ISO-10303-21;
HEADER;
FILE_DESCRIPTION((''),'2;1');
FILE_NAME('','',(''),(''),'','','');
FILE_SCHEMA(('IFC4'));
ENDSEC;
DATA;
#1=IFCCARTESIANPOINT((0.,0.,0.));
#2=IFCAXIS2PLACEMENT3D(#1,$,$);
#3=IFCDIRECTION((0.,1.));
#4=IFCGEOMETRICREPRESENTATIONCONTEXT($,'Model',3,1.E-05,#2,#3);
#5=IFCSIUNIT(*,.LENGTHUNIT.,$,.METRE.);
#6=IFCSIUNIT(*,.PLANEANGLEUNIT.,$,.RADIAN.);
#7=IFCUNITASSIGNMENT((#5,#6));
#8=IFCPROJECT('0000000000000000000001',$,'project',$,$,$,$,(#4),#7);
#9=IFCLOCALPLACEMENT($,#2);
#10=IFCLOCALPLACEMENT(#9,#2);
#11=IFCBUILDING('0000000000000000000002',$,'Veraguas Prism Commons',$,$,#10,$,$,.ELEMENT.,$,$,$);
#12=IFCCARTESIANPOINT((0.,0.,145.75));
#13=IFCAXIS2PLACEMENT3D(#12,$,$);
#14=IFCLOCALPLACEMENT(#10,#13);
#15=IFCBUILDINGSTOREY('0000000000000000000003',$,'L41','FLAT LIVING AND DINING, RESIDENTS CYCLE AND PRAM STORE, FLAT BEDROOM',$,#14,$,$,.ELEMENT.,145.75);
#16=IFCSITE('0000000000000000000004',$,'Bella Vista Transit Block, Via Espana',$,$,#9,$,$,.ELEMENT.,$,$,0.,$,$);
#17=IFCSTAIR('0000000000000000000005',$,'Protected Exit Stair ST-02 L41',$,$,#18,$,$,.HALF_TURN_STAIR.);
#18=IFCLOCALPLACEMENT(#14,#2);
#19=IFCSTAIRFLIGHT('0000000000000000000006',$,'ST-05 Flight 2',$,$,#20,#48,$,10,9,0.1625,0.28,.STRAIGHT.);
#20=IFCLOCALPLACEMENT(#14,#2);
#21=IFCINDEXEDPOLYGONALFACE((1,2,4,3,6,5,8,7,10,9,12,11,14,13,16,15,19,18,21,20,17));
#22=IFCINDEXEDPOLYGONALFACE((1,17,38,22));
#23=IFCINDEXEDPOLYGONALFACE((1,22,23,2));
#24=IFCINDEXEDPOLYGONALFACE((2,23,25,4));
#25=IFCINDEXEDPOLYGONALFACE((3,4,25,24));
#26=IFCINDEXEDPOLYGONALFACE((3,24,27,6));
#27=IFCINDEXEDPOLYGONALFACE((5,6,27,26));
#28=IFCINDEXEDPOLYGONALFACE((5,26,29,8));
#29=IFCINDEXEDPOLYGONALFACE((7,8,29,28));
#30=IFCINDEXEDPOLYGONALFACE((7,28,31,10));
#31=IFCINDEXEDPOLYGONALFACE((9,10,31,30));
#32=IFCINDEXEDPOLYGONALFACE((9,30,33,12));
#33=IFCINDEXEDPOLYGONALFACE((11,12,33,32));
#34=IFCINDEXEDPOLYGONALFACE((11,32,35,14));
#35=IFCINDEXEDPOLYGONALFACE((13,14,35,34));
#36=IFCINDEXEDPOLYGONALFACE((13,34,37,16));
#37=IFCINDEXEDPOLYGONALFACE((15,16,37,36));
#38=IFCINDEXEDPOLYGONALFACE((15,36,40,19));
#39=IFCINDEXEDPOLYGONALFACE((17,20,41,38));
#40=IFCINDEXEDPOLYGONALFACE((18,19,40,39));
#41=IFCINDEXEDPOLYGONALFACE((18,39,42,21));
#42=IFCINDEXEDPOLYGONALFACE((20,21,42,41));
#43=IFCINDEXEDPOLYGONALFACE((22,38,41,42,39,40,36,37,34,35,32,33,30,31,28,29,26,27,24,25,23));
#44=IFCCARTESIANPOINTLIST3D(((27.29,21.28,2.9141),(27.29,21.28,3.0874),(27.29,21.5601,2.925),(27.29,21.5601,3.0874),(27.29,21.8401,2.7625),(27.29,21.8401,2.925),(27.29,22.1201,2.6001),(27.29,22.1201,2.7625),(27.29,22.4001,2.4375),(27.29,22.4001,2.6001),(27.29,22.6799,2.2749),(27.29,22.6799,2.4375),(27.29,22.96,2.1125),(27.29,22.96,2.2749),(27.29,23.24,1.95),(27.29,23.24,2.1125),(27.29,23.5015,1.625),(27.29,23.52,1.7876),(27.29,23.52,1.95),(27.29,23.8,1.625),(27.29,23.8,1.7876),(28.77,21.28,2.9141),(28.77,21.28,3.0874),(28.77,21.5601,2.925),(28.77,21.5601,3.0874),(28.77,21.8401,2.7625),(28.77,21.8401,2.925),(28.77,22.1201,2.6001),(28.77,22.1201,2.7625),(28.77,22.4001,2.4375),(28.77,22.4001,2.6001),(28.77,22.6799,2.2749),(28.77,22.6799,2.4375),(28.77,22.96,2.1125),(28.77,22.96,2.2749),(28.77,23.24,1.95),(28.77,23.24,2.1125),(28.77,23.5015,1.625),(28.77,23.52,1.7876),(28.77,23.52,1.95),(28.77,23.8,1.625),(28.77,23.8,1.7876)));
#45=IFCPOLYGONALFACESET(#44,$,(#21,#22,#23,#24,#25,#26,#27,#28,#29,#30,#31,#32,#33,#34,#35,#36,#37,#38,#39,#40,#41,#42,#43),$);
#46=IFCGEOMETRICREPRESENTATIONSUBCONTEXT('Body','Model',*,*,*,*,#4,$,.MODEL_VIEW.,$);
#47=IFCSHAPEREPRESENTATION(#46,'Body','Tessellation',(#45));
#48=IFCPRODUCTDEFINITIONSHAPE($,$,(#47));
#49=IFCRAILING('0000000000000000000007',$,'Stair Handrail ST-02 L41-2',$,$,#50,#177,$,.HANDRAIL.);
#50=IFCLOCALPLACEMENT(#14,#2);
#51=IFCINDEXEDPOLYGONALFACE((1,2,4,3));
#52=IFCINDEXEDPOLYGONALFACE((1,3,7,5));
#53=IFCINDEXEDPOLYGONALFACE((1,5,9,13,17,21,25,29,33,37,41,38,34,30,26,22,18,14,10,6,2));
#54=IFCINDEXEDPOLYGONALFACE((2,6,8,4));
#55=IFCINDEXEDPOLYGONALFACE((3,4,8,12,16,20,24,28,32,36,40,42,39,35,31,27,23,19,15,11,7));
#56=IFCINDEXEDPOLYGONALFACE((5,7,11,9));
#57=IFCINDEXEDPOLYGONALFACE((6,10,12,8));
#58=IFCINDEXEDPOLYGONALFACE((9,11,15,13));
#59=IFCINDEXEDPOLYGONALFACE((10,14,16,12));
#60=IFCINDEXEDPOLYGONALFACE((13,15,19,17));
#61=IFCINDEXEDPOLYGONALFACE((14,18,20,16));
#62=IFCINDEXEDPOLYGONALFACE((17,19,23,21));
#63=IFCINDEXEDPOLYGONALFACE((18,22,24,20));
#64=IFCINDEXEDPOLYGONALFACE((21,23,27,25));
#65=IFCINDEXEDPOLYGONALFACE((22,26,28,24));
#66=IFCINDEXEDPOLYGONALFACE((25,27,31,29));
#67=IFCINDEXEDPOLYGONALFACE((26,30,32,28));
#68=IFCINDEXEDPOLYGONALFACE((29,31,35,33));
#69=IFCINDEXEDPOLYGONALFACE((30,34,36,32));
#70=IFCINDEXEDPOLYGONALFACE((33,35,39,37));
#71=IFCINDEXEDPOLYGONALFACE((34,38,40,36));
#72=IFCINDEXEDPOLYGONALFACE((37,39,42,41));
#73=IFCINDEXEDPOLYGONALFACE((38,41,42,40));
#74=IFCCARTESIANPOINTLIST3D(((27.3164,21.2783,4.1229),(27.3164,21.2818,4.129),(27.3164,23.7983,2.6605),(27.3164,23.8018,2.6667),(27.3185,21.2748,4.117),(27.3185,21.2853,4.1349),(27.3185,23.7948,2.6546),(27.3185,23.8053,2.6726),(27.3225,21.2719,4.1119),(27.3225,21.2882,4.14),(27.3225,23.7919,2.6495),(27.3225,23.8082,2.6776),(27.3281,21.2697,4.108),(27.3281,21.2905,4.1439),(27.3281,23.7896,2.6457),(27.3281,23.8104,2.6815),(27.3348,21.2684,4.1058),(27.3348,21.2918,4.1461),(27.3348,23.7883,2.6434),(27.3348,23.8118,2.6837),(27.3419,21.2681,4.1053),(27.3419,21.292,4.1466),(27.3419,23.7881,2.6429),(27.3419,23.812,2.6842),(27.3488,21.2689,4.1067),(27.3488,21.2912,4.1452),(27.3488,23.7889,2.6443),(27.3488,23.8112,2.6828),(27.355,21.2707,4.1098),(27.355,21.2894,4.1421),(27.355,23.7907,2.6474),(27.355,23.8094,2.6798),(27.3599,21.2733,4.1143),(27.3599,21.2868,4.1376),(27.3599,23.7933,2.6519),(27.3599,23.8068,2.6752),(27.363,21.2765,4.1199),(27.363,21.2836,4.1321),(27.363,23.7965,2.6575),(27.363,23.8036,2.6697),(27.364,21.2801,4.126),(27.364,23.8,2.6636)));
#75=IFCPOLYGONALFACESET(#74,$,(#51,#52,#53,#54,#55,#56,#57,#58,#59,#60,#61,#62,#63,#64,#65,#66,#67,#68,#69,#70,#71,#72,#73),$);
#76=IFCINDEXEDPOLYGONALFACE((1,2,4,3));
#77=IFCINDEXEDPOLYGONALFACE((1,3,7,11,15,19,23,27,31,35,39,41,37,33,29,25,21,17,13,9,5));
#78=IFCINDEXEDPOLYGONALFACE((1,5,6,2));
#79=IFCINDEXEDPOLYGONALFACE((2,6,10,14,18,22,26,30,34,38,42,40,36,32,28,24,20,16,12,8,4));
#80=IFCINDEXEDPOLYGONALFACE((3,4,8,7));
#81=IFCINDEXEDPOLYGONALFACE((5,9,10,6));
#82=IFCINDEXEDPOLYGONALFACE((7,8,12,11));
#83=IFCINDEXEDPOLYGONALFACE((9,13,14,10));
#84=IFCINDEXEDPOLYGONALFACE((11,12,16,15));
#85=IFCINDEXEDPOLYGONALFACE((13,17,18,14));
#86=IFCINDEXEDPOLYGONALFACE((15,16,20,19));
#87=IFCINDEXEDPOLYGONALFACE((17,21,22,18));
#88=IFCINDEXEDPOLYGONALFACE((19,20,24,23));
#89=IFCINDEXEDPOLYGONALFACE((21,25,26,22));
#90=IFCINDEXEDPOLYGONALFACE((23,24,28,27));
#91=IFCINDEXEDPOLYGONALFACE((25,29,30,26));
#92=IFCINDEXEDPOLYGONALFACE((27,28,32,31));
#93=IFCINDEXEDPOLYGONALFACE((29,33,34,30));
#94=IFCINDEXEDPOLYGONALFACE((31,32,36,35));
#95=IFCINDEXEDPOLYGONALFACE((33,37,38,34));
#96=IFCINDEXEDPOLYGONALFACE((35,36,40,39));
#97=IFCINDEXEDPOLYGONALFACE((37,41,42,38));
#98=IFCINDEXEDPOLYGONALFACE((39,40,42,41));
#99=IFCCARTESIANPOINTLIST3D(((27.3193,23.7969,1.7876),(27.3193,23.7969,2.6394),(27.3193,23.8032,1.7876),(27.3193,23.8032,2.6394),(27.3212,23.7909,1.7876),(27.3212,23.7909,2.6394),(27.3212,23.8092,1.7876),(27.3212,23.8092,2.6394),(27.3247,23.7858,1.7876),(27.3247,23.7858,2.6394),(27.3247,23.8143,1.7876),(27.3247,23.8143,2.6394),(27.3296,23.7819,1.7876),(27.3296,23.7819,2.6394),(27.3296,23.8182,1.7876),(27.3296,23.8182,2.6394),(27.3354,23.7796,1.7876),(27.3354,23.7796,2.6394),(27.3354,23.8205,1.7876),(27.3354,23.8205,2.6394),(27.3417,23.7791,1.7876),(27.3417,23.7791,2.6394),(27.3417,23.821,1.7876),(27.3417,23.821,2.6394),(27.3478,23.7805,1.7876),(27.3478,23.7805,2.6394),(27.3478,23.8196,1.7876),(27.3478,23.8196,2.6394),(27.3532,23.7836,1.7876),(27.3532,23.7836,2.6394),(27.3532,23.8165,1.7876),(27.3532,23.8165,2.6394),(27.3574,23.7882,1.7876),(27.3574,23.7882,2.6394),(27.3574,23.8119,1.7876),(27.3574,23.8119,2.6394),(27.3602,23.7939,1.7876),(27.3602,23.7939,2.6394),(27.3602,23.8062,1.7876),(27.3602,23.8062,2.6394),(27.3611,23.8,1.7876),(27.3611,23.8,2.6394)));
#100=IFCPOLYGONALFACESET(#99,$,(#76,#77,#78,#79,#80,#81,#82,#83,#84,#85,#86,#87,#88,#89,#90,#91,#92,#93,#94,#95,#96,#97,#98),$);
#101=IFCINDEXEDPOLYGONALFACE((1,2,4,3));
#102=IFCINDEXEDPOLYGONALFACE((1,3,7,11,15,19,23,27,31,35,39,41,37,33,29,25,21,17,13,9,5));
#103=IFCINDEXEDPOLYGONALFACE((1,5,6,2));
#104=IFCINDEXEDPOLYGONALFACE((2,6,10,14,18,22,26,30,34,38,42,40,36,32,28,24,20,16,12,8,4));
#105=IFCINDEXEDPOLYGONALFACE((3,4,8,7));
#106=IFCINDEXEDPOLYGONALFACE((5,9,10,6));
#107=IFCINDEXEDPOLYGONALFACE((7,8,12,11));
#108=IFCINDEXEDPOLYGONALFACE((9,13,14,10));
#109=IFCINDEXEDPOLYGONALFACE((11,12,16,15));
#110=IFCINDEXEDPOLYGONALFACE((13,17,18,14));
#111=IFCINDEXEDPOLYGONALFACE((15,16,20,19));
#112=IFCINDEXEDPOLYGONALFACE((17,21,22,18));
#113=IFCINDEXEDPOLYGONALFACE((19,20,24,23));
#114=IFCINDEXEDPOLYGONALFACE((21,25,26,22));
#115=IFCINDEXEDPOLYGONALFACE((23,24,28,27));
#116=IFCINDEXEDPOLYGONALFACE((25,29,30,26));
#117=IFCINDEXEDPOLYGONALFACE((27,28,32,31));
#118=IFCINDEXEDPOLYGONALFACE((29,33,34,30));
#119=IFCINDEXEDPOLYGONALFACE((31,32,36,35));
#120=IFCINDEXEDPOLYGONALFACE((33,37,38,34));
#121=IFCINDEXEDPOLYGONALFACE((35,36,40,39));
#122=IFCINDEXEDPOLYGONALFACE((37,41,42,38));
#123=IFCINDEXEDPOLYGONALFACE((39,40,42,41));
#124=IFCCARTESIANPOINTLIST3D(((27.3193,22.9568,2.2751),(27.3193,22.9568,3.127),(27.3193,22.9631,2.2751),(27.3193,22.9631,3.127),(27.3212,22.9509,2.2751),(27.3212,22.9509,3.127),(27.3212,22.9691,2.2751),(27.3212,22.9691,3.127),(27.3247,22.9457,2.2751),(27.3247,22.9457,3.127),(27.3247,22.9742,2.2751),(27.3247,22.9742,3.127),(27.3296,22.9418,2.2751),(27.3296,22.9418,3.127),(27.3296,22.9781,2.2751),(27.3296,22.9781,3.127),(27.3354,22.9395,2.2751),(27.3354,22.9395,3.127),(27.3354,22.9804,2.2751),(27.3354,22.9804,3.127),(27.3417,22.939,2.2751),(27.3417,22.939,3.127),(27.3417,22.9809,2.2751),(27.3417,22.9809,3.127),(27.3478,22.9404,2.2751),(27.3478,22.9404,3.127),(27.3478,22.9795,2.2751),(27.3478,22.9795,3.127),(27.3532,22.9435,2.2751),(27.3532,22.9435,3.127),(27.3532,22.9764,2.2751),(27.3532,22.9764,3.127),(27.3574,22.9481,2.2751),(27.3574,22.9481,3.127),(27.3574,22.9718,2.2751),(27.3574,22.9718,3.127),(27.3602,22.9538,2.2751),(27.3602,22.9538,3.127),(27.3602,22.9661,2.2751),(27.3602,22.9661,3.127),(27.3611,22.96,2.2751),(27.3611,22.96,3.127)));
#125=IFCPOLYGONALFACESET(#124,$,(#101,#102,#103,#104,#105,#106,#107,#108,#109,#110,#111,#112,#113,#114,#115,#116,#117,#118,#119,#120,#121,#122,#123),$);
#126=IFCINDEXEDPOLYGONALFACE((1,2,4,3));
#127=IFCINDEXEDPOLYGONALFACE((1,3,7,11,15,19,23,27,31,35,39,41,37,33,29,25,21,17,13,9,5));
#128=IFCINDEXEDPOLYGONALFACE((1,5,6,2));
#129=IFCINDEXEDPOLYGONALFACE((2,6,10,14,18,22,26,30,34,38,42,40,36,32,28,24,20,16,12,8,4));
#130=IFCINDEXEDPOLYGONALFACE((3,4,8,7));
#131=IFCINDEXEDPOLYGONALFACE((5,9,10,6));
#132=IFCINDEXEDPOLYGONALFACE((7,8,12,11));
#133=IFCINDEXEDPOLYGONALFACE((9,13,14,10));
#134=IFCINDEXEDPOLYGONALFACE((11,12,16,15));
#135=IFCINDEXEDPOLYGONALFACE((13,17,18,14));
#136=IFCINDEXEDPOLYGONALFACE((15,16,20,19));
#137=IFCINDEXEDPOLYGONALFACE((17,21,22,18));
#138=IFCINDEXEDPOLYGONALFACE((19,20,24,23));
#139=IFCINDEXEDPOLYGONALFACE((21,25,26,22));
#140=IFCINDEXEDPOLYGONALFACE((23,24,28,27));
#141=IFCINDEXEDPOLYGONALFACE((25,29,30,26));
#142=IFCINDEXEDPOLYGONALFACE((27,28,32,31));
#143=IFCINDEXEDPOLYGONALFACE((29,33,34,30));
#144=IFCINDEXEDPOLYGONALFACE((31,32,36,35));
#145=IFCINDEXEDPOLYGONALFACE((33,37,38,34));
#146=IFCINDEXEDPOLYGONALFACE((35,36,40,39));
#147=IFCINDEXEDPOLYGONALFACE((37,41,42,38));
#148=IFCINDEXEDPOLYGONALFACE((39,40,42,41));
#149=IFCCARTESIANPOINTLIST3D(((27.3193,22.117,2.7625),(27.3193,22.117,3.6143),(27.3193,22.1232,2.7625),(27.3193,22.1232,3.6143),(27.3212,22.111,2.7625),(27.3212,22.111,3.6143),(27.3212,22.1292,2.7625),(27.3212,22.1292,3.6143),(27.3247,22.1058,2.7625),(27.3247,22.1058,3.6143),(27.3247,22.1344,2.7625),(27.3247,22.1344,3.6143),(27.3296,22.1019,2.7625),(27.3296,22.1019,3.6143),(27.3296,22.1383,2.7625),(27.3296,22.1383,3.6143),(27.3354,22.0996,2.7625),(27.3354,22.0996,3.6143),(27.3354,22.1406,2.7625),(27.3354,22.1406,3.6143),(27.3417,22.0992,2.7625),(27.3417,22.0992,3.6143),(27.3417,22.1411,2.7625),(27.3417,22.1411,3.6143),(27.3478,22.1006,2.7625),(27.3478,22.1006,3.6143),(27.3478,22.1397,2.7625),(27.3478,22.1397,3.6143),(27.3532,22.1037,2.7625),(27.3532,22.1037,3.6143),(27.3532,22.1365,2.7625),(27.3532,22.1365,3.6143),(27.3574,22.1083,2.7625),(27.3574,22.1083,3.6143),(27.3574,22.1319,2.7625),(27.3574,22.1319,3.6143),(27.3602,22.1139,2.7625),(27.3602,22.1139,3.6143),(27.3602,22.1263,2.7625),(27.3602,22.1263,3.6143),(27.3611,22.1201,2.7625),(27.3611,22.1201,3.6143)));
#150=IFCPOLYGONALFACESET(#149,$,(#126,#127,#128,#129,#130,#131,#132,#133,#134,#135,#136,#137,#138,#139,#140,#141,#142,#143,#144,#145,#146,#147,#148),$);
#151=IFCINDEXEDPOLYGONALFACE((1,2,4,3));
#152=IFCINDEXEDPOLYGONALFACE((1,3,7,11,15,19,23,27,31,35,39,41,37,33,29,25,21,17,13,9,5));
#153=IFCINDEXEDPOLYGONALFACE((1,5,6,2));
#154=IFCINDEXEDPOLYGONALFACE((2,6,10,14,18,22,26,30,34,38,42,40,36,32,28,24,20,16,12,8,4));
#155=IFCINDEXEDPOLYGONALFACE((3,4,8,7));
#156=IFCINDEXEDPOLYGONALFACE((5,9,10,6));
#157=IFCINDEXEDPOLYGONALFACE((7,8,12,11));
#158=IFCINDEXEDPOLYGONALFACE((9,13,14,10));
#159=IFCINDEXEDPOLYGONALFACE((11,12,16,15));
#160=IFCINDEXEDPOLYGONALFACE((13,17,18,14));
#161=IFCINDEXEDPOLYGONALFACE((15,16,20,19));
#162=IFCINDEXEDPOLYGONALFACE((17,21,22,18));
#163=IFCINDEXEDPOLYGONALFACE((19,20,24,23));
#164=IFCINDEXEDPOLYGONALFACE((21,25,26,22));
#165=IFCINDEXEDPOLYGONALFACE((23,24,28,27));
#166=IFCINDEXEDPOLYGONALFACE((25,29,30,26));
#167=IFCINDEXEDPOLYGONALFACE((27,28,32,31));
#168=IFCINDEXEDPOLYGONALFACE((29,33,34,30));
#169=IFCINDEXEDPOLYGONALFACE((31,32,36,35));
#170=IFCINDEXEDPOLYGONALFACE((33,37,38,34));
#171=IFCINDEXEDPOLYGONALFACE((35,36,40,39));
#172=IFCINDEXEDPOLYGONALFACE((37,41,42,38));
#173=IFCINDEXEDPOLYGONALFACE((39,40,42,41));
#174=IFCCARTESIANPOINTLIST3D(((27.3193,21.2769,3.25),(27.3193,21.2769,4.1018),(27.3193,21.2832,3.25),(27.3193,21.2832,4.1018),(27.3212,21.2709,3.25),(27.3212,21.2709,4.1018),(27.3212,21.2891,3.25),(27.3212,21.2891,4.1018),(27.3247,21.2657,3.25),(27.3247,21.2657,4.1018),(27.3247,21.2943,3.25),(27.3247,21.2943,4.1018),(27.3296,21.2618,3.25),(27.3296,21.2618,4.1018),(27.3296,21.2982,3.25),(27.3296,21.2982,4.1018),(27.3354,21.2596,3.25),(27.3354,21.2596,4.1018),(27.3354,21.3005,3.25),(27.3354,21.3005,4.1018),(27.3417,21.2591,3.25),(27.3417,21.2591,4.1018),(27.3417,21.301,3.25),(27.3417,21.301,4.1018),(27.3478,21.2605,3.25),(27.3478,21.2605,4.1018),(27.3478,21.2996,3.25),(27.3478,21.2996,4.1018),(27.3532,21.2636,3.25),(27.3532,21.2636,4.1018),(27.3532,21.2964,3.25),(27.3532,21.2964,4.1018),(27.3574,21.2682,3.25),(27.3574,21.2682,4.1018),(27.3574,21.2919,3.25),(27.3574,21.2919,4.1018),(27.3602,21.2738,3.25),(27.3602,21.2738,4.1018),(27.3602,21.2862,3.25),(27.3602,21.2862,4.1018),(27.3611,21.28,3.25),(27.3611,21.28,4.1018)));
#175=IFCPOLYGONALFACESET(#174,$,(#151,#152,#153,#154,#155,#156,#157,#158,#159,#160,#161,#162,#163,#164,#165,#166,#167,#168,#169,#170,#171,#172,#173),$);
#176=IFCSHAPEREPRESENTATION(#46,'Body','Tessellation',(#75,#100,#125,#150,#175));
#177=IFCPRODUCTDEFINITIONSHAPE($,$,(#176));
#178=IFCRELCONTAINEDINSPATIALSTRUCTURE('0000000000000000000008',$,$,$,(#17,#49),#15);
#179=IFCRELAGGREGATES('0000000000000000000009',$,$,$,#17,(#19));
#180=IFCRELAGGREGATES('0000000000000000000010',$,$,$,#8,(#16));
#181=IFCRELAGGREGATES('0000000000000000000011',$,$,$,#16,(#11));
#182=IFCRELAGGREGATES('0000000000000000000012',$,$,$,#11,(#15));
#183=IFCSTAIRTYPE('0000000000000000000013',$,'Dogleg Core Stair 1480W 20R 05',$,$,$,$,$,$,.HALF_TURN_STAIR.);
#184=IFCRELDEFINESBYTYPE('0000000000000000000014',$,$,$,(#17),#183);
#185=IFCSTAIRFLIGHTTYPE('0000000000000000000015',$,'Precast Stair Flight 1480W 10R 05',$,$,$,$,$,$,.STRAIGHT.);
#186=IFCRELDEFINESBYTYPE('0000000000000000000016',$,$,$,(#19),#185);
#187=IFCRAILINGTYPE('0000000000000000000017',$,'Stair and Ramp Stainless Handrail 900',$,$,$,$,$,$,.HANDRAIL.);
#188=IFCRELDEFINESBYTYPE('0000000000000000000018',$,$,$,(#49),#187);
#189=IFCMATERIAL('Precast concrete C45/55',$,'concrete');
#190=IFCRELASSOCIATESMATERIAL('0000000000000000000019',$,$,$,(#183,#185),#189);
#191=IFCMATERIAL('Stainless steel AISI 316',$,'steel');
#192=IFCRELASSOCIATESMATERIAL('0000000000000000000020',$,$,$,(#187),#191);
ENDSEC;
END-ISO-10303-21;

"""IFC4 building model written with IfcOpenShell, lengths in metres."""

from ifc_helpers import new_model, si_unit, direction, frame, origin, origin_2d, place, context, subcontext, project, spatial, polyline, circle, outline, extrude, material, type_object, element, aggregate, save


model = new_model("IFC4")

# Units and contexts
model_context = context("Model", 3, precision=1e-05, world=origin(), true_north=direction((0.0, 1.0)))
body_context = subcontext(model_context, "Body", "Model", "MODEL_VIEW")
ifc_project = project(units=[si_unit("LENGTHUNIT", "METRE"), si_unit("PLANEANGLEUNIT", "RADIAN")], contexts=[model_context])

# Site, building, storey
site_placement = place(None, origin())
site = spatial("IfcSite", under=ifc_project, at=site_placement, Name="Bella Vista Transit Block, Via Espana", CompositionType="ELEMENT", RefElevation=0.0)
building_placement = place(site_placement, origin())
building = spatial("IfcBuilding", under=site, at=building_placement, Name="Veraguas Prism Commons", CompositionType="ELEMENT")
storey_placement = place(building_placement, frame((0.0, 0.0, 145.75)))
storey = spatial("IfcBuildingStorey", under=building, at=storey_placement, Name="L41", Description="FLAT LIVING AND DINING, RESIDENTS CYCLE AND PRAM STORE, FLAT BEDROOM", CompositionType="ELEMENT", Elevation=145.75)

# Shared definitions
ifc_material_1 = material(Name="Stainless steel AISI 316", Category="steel")

# Stair, stair flight
ifc_material_2 = material(Name="Precast concrete C45/55", Category="concrete")
stair_type = type_object("IfcStairType", Name="Dogleg Core Stair 1480W 20R 05", PredefinedType="HALF_TURN_STAIR", material=ifc_material_2)
stair_placement = place(storey_placement, origin())
stair = element("IfcStair", 1, at=stair_placement, inside=storey, type_object=stair_type, Name="Protected Exit Stair ST-02 L41", PredefinedType="HALF_TURN_STAIR")
stair_flight_type = type_object("IfcStairFlightType", Name="Precast Stair Flight 1480W 10R 05", PredefinedType="STRAIGHT", material=ifc_material_2)
stair_flight_placement = place(storey_placement, frame((28.03, 23.8, 1.625), z_axis=(0.0, 0.0, 1.0), x_axis=(0.0, -1.0, 0.0)))
stair_flight = element("IfcStairFlight", 2, at=stair_flight_placement, type_object=stair_flight_type, Name="ST-05 Flight 2", NumberOfRisers=10, NumberOfTreads=9, PredefinedType="STRAIGHT", RiserHeight=0.1625, TreadLength=0.28, context=body_context, shape_type="SweptSolid", body=[
    extrude(outline(polyline([(0.0, 0.0), (0.0, 0.1626), (0.28, 0.1626), (0.28, 0.325), (0.5601, 0.325), (0.5601, 0.4875), (0.8401, 0.4875), (0.8401, 0.6499), (1.1201, 0.6499), (1.1201, 0.8125), (1.3999, 0.8125), (1.3999, 0.9751), (1.6799, 0.9751), (1.6799, 1.1375), (1.96, 1.1375), (1.96, 1.3), (2.24, 1.3), (2.24, 1.4624), (2.52, 1.4624), (2.52, 1.625), (2.52, 1.2891), (0.2986, 0.0), (0.0, 0.0)])), frame((0.0, 0.74, 0.0), z_axis=(0.0, -1.0, 0.0), x_axis=(1.0, 0.0, 0.0)), (0.0, 0.0, 1.0), 1.48),
])
aggregate(stair, [stair_flight])

# Railing
railing_type_1 = type_object("IfcRailingType", Name="Stair and Ramp Stainless Handrail 900", PredefinedType="HANDRAIL", material=ifc_material_1)
railing_1_placement = place(storey_placement, frame((27.3401, 23.8, 1.7876)))
element("IfcRailing", 3, at=railing_1_placement, inside=storey, type_object=railing_type_1, Name="Stair Handrail ST-02 L41-2", PredefinedType="HANDRAIL", context=body_context, shape_type="SweptSolid", body=[
    extrude(circle(Radius=0.0239, at=origin_2d()), frame((0.0, 0.0, 0.876), z_axis=(0.0, -0.864913, 0.501921), x_axis=(1.0, 0.0, 0.0)), (0.0, 0.0, 1.0), 2.9136),
    extrude(circle(Radius=0.021, at=origin_2d()), origin(), (0.0, 0.0, 1.0), 0.8518),
    extrude(circle(Radius=0.021, at=origin_2d()), frame((0.0, -0.8401, 0.4875)), (0.0, 0.0, 1.0), 0.8518),
    extrude(circle(Radius=0.021, at=origin_2d()), frame((0.0, -1.6799, 0.9749)), (0.0, 0.0, 1.0), 0.8518),
    extrude(circle(Radius=0.021, at=origin_2d()), frame((0.0, -2.52, 1.4624)), (0.0, 0.0, 1.0), 0.8518),
])

save(model, "model.ifc")
